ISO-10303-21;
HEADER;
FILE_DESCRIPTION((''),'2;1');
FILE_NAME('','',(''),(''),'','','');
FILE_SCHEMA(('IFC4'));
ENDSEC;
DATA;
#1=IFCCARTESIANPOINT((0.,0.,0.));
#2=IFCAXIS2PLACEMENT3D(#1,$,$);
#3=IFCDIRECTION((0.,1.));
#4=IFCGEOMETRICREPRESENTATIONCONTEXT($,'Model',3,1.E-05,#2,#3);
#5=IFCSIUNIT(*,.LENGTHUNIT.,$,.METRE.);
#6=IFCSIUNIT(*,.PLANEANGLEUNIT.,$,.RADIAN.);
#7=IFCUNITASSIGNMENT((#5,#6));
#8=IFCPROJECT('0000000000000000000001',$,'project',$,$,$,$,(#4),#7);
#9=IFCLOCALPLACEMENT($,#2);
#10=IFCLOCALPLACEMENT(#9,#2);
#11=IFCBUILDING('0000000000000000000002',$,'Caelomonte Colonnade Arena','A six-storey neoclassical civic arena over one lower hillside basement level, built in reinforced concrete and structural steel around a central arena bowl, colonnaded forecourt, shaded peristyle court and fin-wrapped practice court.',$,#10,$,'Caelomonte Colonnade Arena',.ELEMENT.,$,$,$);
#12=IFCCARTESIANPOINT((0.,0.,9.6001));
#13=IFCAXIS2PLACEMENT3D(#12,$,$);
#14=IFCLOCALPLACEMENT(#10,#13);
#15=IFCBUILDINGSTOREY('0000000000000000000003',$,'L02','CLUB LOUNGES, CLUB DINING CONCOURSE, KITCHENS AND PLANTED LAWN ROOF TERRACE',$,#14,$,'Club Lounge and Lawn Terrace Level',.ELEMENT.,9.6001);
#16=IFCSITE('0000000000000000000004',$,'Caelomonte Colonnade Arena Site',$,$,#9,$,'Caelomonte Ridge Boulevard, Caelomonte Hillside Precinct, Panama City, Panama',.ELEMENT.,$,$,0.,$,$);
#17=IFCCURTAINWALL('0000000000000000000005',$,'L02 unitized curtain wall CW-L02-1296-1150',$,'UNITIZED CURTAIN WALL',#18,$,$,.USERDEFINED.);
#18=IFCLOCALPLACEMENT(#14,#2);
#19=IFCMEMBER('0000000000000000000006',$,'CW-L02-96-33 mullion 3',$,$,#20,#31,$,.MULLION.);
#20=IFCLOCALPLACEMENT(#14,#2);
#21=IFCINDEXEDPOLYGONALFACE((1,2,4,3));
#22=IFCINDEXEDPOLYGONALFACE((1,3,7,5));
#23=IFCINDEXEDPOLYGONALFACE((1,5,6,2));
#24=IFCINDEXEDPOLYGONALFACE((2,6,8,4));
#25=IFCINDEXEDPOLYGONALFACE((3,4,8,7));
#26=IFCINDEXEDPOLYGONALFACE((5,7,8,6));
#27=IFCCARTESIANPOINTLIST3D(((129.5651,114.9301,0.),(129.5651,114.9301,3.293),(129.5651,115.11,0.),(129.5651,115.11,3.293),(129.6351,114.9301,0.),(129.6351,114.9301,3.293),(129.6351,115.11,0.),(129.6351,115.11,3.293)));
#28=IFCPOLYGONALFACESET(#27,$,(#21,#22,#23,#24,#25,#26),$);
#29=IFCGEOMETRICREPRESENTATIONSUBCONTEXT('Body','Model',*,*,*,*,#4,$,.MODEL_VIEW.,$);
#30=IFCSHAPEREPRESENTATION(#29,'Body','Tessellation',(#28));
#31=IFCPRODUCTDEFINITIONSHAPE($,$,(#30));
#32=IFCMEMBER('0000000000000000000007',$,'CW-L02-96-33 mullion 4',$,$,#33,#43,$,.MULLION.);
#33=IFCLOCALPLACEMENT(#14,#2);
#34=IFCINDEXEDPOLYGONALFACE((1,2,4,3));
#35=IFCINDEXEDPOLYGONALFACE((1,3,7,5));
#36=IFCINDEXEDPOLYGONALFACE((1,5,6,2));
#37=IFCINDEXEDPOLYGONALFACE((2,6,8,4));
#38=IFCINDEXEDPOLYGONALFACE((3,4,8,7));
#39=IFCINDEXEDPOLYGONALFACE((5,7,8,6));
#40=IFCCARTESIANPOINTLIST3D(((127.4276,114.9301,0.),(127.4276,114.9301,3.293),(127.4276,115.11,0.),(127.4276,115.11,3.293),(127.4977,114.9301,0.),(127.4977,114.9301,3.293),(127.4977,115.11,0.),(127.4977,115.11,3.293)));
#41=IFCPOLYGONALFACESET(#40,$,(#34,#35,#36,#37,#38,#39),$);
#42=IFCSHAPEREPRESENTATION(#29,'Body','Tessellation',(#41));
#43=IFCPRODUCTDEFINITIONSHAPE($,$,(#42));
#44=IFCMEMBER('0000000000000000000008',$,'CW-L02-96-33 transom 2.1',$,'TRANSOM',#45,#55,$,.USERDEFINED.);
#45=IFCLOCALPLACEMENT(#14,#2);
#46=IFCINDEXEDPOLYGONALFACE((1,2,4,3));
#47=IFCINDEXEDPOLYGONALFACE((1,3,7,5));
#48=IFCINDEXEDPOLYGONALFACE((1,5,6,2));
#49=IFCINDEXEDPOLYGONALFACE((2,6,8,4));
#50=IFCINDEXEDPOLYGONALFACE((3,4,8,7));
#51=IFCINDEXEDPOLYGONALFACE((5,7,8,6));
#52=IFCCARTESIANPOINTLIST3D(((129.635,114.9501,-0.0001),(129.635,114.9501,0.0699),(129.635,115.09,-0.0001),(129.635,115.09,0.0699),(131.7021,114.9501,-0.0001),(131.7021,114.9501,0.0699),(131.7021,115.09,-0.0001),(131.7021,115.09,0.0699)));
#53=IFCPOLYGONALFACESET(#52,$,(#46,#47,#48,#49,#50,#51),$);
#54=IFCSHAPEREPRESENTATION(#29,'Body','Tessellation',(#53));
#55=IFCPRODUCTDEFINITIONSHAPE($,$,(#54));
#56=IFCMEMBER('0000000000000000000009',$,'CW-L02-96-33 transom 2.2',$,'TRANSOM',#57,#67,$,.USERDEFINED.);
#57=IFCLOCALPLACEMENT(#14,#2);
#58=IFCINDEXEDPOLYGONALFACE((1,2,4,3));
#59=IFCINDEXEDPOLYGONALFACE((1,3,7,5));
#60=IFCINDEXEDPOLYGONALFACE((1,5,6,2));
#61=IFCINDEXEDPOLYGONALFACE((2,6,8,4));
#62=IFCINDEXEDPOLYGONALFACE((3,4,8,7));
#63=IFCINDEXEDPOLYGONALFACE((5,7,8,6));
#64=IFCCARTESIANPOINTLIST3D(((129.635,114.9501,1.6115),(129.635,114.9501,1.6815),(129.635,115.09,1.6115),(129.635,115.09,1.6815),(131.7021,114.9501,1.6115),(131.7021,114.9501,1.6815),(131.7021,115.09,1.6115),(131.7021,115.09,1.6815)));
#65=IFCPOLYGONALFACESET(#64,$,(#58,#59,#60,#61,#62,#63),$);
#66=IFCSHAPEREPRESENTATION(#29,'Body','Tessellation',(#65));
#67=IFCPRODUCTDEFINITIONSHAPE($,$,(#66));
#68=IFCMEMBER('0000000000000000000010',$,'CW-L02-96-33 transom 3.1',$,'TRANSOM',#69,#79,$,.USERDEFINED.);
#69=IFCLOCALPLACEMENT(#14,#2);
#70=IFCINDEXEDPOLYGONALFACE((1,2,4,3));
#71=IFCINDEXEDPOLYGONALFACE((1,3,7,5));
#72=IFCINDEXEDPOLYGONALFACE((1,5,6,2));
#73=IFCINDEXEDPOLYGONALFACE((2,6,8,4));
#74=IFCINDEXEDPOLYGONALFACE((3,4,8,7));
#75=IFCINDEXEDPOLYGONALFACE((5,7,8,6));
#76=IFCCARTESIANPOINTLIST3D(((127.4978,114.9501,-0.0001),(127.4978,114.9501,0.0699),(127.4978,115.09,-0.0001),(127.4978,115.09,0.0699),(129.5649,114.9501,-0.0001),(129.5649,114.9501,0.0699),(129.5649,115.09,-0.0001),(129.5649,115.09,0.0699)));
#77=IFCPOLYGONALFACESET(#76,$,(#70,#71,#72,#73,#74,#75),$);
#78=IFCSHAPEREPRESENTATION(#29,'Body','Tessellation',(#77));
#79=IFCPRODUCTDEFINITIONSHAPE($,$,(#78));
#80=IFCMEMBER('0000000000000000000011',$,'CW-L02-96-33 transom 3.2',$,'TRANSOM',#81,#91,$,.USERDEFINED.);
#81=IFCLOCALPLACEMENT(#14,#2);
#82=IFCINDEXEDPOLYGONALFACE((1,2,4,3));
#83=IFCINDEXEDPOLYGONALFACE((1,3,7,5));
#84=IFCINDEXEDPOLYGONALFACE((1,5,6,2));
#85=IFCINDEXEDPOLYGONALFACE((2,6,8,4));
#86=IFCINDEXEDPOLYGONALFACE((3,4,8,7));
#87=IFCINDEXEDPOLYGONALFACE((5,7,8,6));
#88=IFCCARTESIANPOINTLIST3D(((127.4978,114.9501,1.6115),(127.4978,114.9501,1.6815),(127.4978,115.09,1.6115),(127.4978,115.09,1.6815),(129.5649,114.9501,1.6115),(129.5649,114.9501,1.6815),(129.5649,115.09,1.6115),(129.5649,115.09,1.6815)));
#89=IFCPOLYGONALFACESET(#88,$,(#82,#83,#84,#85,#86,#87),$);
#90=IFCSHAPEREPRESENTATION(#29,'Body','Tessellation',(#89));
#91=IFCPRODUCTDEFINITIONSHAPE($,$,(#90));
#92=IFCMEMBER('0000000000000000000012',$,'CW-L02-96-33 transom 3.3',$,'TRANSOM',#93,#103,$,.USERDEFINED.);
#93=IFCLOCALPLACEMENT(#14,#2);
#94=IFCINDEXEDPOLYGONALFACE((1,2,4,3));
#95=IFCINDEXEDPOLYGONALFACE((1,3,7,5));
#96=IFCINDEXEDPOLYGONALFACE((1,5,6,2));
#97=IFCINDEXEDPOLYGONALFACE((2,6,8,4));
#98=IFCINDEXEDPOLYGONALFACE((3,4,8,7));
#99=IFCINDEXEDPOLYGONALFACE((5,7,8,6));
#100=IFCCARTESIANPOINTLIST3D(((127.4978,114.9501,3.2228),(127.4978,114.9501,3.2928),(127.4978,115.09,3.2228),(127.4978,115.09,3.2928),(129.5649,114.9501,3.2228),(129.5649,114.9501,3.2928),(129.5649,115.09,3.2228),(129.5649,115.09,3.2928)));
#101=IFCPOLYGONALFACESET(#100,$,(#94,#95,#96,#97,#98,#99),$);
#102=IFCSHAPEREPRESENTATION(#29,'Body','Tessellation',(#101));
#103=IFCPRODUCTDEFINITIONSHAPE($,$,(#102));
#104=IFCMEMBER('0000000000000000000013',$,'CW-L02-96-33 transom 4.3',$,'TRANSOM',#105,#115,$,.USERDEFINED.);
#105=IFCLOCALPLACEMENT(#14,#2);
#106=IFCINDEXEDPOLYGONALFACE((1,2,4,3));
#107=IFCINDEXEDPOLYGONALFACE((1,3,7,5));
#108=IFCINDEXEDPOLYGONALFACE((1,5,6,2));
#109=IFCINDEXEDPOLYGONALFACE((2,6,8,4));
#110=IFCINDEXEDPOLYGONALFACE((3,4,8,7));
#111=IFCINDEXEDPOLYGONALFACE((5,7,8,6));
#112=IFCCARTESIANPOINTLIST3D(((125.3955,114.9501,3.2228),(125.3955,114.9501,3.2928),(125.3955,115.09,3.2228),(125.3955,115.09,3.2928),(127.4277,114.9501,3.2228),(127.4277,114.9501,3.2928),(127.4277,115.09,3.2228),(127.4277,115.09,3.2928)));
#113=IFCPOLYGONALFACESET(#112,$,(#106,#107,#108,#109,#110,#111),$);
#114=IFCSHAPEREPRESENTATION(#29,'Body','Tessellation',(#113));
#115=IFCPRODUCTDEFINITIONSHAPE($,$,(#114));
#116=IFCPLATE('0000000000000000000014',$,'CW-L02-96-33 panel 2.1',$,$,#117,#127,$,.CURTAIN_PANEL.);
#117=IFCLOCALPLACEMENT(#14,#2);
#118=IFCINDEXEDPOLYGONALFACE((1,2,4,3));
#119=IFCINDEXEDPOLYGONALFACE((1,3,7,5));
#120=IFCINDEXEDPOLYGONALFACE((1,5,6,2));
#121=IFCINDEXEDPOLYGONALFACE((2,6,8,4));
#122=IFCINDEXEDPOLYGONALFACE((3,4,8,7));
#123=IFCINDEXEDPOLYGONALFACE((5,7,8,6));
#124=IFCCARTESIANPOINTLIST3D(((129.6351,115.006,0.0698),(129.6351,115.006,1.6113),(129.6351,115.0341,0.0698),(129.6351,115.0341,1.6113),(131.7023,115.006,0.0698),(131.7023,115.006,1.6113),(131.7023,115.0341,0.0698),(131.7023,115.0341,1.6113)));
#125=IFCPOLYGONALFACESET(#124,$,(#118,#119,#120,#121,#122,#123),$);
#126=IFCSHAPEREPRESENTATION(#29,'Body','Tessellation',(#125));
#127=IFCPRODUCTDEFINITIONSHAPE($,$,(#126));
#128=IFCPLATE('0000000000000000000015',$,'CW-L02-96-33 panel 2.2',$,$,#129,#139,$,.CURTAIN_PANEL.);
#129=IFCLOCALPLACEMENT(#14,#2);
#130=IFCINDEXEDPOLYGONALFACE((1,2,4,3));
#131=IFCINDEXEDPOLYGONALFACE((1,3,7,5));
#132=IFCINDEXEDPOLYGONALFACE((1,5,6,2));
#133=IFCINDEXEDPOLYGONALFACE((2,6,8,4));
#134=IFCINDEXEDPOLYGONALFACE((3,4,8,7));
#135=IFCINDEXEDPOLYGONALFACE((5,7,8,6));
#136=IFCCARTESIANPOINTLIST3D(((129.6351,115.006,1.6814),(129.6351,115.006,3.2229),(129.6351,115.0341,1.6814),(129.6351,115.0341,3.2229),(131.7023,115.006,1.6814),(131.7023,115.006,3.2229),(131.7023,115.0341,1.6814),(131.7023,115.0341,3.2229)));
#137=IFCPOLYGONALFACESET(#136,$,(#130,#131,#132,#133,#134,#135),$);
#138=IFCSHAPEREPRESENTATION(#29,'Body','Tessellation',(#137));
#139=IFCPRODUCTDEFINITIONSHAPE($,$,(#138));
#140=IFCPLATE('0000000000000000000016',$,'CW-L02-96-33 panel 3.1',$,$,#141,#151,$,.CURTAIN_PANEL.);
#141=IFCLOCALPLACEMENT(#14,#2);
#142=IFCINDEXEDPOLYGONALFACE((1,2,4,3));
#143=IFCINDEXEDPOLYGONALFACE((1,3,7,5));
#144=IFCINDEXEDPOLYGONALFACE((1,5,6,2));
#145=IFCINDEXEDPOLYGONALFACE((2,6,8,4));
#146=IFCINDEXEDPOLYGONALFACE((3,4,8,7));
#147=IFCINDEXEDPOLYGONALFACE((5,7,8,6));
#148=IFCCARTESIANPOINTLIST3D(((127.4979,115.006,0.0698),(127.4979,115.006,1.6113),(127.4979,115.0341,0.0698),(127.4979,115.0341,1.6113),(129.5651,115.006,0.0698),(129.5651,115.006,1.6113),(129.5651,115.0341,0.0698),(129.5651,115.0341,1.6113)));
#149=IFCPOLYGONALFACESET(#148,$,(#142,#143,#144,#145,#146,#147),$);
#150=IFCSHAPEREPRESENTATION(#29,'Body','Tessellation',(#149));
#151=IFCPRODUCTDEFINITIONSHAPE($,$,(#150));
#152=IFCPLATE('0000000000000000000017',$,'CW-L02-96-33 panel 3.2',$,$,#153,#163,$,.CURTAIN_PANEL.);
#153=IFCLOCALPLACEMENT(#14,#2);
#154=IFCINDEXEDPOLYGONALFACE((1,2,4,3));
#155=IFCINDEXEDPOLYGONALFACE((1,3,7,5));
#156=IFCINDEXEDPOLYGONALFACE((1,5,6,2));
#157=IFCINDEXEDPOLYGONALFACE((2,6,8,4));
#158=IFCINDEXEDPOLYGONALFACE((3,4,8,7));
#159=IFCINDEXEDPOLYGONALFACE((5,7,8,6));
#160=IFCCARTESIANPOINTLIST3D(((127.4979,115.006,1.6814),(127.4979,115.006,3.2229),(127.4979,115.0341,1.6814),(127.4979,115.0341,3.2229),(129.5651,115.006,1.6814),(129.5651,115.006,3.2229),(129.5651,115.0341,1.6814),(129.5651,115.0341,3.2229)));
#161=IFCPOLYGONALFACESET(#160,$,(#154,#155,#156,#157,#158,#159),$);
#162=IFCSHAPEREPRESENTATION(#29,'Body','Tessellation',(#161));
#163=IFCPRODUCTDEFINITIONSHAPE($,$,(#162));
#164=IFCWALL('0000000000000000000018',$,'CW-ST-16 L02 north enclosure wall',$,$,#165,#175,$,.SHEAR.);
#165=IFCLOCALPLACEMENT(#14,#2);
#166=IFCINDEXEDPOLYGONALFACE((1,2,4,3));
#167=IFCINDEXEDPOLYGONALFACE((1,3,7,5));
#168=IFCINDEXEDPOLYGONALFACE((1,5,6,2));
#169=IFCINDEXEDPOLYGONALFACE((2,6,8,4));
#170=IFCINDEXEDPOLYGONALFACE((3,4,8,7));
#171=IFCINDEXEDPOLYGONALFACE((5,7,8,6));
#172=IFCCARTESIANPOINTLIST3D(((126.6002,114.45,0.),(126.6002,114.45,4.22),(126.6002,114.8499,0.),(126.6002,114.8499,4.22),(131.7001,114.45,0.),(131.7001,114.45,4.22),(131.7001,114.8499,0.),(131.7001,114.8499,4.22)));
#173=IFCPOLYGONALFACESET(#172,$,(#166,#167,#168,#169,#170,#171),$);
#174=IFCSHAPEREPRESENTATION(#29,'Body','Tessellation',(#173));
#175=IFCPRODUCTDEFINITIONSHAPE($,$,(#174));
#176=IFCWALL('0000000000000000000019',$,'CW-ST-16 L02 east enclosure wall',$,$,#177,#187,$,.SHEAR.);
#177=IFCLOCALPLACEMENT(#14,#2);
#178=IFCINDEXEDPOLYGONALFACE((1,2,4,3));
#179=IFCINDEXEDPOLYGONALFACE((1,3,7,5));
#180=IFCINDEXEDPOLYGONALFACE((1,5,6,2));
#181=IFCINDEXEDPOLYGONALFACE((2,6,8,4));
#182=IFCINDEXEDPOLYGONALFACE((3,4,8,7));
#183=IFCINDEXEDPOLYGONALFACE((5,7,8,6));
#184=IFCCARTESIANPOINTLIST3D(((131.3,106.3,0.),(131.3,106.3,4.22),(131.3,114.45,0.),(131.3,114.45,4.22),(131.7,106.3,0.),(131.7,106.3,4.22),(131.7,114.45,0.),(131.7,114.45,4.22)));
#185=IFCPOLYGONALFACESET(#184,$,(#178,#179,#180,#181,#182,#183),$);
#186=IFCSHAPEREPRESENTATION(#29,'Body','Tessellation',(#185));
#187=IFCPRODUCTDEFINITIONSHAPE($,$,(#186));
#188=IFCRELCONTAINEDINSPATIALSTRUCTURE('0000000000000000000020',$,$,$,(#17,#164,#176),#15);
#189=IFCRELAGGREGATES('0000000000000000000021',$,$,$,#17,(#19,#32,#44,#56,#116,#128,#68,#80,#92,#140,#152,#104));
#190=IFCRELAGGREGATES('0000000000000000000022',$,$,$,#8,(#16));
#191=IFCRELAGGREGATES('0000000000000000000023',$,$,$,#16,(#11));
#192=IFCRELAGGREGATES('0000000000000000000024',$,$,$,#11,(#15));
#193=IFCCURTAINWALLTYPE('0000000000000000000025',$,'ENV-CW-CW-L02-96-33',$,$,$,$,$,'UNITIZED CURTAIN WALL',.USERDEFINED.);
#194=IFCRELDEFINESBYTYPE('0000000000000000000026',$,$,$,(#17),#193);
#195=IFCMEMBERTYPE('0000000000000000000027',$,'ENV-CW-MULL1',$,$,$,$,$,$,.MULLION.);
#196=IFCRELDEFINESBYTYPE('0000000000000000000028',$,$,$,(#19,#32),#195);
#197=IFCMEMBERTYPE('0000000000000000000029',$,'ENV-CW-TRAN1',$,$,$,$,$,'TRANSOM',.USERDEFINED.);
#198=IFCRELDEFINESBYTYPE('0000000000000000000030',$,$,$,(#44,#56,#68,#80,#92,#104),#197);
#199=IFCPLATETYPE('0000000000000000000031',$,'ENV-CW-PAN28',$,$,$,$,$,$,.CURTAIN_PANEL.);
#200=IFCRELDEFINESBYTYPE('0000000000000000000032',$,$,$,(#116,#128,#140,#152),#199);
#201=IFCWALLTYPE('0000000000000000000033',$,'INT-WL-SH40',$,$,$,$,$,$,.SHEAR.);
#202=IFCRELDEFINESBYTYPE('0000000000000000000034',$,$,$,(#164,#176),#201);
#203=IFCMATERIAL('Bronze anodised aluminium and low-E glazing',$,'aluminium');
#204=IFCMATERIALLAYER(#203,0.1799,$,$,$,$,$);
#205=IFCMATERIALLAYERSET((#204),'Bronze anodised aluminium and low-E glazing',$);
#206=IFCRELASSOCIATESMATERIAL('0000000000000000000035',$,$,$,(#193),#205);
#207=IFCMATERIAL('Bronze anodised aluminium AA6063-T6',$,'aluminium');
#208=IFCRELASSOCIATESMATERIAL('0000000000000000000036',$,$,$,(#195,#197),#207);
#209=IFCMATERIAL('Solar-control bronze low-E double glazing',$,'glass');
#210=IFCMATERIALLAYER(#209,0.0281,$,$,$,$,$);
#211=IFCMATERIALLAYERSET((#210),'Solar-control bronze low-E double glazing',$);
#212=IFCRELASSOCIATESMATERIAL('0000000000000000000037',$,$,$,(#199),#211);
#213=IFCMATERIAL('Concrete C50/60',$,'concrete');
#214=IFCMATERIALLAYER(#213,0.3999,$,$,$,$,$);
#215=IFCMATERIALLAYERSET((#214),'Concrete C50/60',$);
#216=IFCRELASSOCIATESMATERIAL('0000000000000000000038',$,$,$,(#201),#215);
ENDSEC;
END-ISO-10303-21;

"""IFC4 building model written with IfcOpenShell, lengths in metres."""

from ifc_helpers import new_model, si_unit, direction, frame, frame_2d, origin, origin_2d, place, context, subcontext, project, spatial, rectangle, extrude, material, layer, layer_set, material_profile, profile_set, type_object, element, aggregate, save


model = new_model("IFC4")

# Units and contexts
model_context = context("Model", 3, precision=1e-05, world=origin(), true_north=direction((0.0, 1.0)))
body_context = subcontext(model_context, "Body", "Model", "MODEL_VIEW")
ifc_project = project(units=[si_unit("LENGTHUNIT", "METRE"), si_unit("PLANEANGLEUNIT", "RADIAN")], contexts=[model_context])

# Site, building, storey
site_placement = place(None, origin())
site = spatial("IfcSite", under=ifc_project, at=site_placement, Name="Caelomonte Colonnade Arena Site", LongName="Caelomonte Ridge Boulevard, Caelomonte Hillside Precinct, Panama City, Panama", CompositionType="ELEMENT", RefElevation=0.0)
building_placement = place(site_placement, origin())
building = spatial("IfcBuilding", under=site, at=building_placement, Name="Caelomonte Colonnade Arena", Description="A six-storey neoclassical civic arena over one lower hillside basement level, built in reinforced concrete and structural steel around a central arena bowl, colonnaded forecourt, shaded peristyle court and fin-wrapped practice court.", LongName="Caelomonte Colonnade Arena", CompositionType="ELEMENT")
storey_placement = place(building_placement, frame((0.0, 0.0, 9.6001)))
storey = spatial("IfcBuildingStorey", under=building, at=storey_placement, Name="L02", Description="CLUB LOUNGES, CLUB DINING CONCOURSE, KITCHENS AND PLANTED LAWN ROOF TERRACE", LongName="Club Lounge and Lawn Terrace Level", CompositionType="ELEMENT", Elevation=9.6001)

# Curtain wall, members, plates
ifc_material_1 = material(Name="Bronze anodised aluminium and low-E glazing", Category="aluminium")
ifc_layer_1 = layer(ifc_material_1, 0.1799)
ifc_layer_set_1 = layer_set([ifc_layer_1], Name="Bronze anodised aluminium and low-E glazing")
curtain_wall_type = type_object("IfcCurtainWallType", Name="ENV-CW-CW-L02-96-33", ElementType="UNITIZED CURTAIN WALL", PredefinedType="USERDEFINED", material=ifc_layer_set_1)
curtain_wall_placement = place(storey_placement, origin())
curtain_wall = element("IfcCurtainWall", 1, at=curtain_wall_placement, inside=storey, type_object=curtain_wall_type, Name="L02 unitized curtain wall CW-L02-1296-1150", ObjectType="UNITIZED CURTAIN WALL", PredefinedType="USERDEFINED")
ifc_material_2 = material(Name="Bronze anodised aluminium AA6063-T6", Category="aluminium")
ifc_material_profile_1 = material_profile(ifc_material_2, rectangle(XDim=0.0701, YDim=0.1799, at=origin_2d()), Name="CWM-70X180")
ifc_profile_set_1 = profile_set([ifc_material_profile_1], Name="Bronze anodised aluminium AA6063-T6")
member_type_1 = type_object("IfcMemberType", Name="ENV-CW-MULL1", PredefinedType="MULLION", material=ifc_profile_set_1)
member_1_placement = place(storey_placement, frame((129.6001, 115.02, 0.0), z_axis=(0.0, 0.0, 1.0), x_axis=(-1.0, 0.0, 0.0)))
member_1 = element("IfcMember", 2, at=member_1_placement, type_object=member_type_1, Name="CW-L02-96-33 mullion 3", PredefinedType="MULLION", context=body_context, shape_type="SweptSolid", body=[
    extrude(rectangle(XDim=0.0701, YDim=0.1799, at=origin_2d()), origin(), (0.0, 0.0, 1.0), 3.293),
])
member_2_placement = place(storey_placement, frame((127.4626, 115.02, 0.0), z_axis=(0.0, 0.0, 1.0), x_axis=(-1.0, 0.0, 0.0)))
member_2 = element("IfcMember", 3, at=member_2_placement, type_object=member_type_1, Name="CW-L02-96-33 mullion 4", PredefinedType="MULLION", context=body_context, shape_type="SweptSolid", body=[
    extrude(rectangle(XDim=0.0701, YDim=0.1799, at=origin_2d()), origin(), (0.0, 0.0, 1.0), 3.293),
])
ifc_material_profile_2 = material_profile(ifc_material_2, rectangle(XDim=0.0701, YDim=0.1399, at=origin_2d()), Name="CWT-70X140")
ifc_profile_set_2 = profile_set([ifc_material_profile_2], Name="Bronze anodised aluminium AA6063-T6")
member_type_2 = type_object("IfcMemberType", Name="ENV-CW-TRAN1", ElementType="TRANSOM", PredefinedType="USERDEFINED", material=ifc_profile_set_2)
member_3_placement = place(storey_placement, frame((131.7021, 115.02, 0.0349), z_axis=(-1.0, 0.0, 0.0), x_axis=(0.0, 0.0, 1.0)))
member_3 = element("IfcMember", 4, at=member_3_placement, type_object=member_type_2, Name="CW-L02-96-33 transom 2.1", ObjectType="TRANSOM", PredefinedType="USERDEFINED", context=body_context, shape_type="SweptSolid", body=[
    extrude(rectangle(XDim=0.0701, YDim=0.1399, at=origin_2d()), origin(), (0.0, 0.0, 1.0), 2.0671),
])
member_4_placement = place(storey_placement, frame((131.7021, 115.02, 1.6465), z_axis=(-1.0, 0.0, 0.0), x_axis=(0.0, 0.0, 1.0)))
member_4 = element("IfcMember", 5, at=member_4_placement, type_object=member_type_2, Name="CW-L02-96-33 transom 2.2", ObjectType="TRANSOM", PredefinedType="USERDEFINED", context=body_context, shape_type="SweptSolid", body=[
    extrude(rectangle(XDim=0.0701, YDim=0.1399, at=origin_2d()), origin(), (0.0, 0.0, 1.0), 2.0671),
])
member_5_placement = place(storey_placement, frame((129.5649, 115.02, 0.0349), z_axis=(-1.0, 0.0, 0.0), x_axis=(0.0, 0.0, 1.0)))
member_5 = element("IfcMember", 6, at=member_5_placement, type_object=member_type_2, Name="CW-L02-96-33 transom 3.1", ObjectType="TRANSOM", PredefinedType="USERDEFINED", context=body_context, shape_type="SweptSolid", body=[
    extrude(rectangle(XDim=0.0701, YDim=0.1399, at=origin_2d()), origin(), (0.0, 0.0, 1.0), 2.0671),
])
member_6_placement = place(storey_placement, frame((129.5649, 115.02, 1.6465), z_axis=(-1.0, 0.0, 0.0), x_axis=(0.0, 0.0, 1.0)))
member_6 = element("IfcMember", 7, at=member_6_placement, type_object=member_type_2, Name="CW-L02-96-33 transom 3.2", ObjectType="TRANSOM", PredefinedType="USERDEFINED", context=body_context, shape_type="SweptSolid", body=[
    extrude(rectangle(XDim=0.0701, YDim=0.1399, at=origin_2d()), origin(), (0.0, 0.0, 1.0), 2.0671),
])
member_7_placement = place(storey_placement, frame((129.5649, 115.02, 3.2578), z_axis=(-1.0, 0.0, 0.0), x_axis=(0.0, 0.0, 1.0)))
member_7 = element("IfcMember", 8, at=member_7_placement, type_object=member_type_2, Name="CW-L02-96-33 transom 3.3", ObjectType="TRANSOM", PredefinedType="USERDEFINED", context=body_context, shape_type="SweptSolid", body=[
    extrude(rectangle(XDim=0.0701, YDim=0.1399, at=origin_2d()), origin(), (0.0, 0.0, 1.0), 2.0671),
])
member_8_placement = place(storey_placement, frame((127.4277, 115.02, 3.2578), z_axis=(-1.0, 0.0, 0.0), x_axis=(0.0, 0.0, 1.0)))
member_8 = element("IfcMember", 9, at=member_8_placement, type_object=member_type_2, Name="CW-L02-96-33 transom 4.3", ObjectType="TRANSOM", PredefinedType="USERDEFINED", context=body_context, shape_type="SweptSolid", body=[
    extrude(rectangle(XDim=0.0701, YDim=0.1399, at=origin_2d()), origin(), (0.0, 0.0, 1.0), 2.0322),
])
ifc_material_3 = material(Name="Solar-control bronze low-E double glazing", Category="glass")
ifc_layer_2 = layer(ifc_material_3, 0.0281)
ifc_layer_set_2 = layer_set([ifc_layer_2], Name="Solar-control bronze low-E double glazing")
plate_type = type_object("IfcPlateType", Name="ENV-CW-PAN28", PredefinedType="CURTAIN_PANEL", material=ifc_layer_set_2)
plate_1_placement = place(storey_placement, frame((130.6687, 115.02, 0.0698), z_axis=(0.0, 0.0, 1.0), x_axis=(-1.0, 0.0, 0.0)))
plate_1 = element("IfcPlate", 10, at=plate_1_placement, type_object=plate_type, Name="CW-L02-96-33 panel 2.1", PredefinedType="CURTAIN_PANEL", context=body_context, shape_type="SweptSolid", body=[
    extrude(rectangle(XDim=2.0671, YDim=0.0281, at=origin_2d()), origin(), (0.0, 0.0, 1.0), 1.5415),
])
plate_2_placement = place(storey_placement, frame((130.6687, 115.02, 1.6814), z_axis=(0.0, 0.0, 1.0), x_axis=(-1.0, 0.0, 0.0)))
plate_2 = element("IfcPlate", 11, at=plate_2_placement, type_object=plate_type, Name="CW-L02-96-33 panel 2.2", PredefinedType="CURTAIN_PANEL", context=body_context, shape_type="SweptSolid", body=[
    extrude(rectangle(XDim=2.0671, YDim=0.0281, at=origin_2d()), origin(), (0.0, 0.0, 1.0), 1.5415),
])
plate_3_placement = place(storey_placement, frame((128.5315, 115.02, 0.0698), z_axis=(0.0, 0.0, 1.0), x_axis=(-1.0, 0.0, 0.0)))
plate_3 = element("IfcPlate", 12, at=plate_3_placement, type_object=plate_type, Name="CW-L02-96-33 panel 3.1", PredefinedType="CURTAIN_PANEL", context=body_context, shape_type="SweptSolid", body=[
    extrude(rectangle(XDim=2.0671, YDim=0.0281, at=origin_2d()), origin(), (0.0, 0.0, 1.0), 1.5415),
])
plate_4_placement = place(storey_placement, frame((128.5315, 115.02, 1.6814), z_axis=(0.0, 0.0, 1.0), x_axis=(-1.0, 0.0, 0.0)))
plate_4 = element("IfcPlate", 13, at=plate_4_placement, type_object=plate_type, Name="CW-L02-96-33 panel 3.2", PredefinedType="CURTAIN_PANEL", context=body_context, shape_type="SweptSolid", body=[
    extrude(rectangle(XDim=2.0671, YDim=0.0281, at=origin_2d()), origin(), (0.0, 0.0, 1.0), 1.5415),
])
aggregate(curtain_wall, [member_1, member_2, member_3, member_4, plate_1, plate_2, member_5, member_6, member_7, plate_3, plate_4, member_8])

# Walls
ifc_material_4 = material(Name="Concrete C50/60", Category="concrete")
ifc_layer_3 = layer(ifc_material_4, 0.3999)
ifc_layer_set_3 = layer_set([ifc_layer_3], Name="Concrete C50/60")
wall_type = type_object("IfcWallType", Name="INT-WL-SH40", PredefinedType="SHEAR", material=ifc_layer_set_3)
wall_1_placement = place(storey_placement, frame((131.7, 114.6499, 0.0), z_axis=(0.0, 0.0, 1.0), x_axis=(-1.0, 0.0, 0.0)))
element("IfcWall", 14, at=wall_1_placement, inside=storey, type_object=wall_type, Name="CW-ST-16 L02 north enclosure wall", PredefinedType="SHEAR", context=body_context, shape_type="SweptSolid", body=[
    extrude(rectangle(XDim=5.0999, YDim=0.3999, at=frame_2d((2.5498, 0.0))), origin(), (0.0, 0.0, 1.0), 4.22),
])
wall_2_placement = place(storey_placement, frame((131.5, 106.3, 0.0), z_axis=(0.0, 0.0, 1.0), x_axis=(0.0, 1.0, 0.0)))
element("IfcWall", 15, at=wall_2_placement, inside=storey, type_object=wall_type, Name="CW-ST-16 L02 east enclosure wall", PredefinedType="SHEAR", context=body_context, shape_type="SweptSolid", body=[
    extrude(rectangle(XDim=8.1499, YDim=0.3999, at=frame_2d((4.075, 0.0))), origin(), (0.0, 0.0, 1.0), 4.22),
])

save(model, "model.ifc")
